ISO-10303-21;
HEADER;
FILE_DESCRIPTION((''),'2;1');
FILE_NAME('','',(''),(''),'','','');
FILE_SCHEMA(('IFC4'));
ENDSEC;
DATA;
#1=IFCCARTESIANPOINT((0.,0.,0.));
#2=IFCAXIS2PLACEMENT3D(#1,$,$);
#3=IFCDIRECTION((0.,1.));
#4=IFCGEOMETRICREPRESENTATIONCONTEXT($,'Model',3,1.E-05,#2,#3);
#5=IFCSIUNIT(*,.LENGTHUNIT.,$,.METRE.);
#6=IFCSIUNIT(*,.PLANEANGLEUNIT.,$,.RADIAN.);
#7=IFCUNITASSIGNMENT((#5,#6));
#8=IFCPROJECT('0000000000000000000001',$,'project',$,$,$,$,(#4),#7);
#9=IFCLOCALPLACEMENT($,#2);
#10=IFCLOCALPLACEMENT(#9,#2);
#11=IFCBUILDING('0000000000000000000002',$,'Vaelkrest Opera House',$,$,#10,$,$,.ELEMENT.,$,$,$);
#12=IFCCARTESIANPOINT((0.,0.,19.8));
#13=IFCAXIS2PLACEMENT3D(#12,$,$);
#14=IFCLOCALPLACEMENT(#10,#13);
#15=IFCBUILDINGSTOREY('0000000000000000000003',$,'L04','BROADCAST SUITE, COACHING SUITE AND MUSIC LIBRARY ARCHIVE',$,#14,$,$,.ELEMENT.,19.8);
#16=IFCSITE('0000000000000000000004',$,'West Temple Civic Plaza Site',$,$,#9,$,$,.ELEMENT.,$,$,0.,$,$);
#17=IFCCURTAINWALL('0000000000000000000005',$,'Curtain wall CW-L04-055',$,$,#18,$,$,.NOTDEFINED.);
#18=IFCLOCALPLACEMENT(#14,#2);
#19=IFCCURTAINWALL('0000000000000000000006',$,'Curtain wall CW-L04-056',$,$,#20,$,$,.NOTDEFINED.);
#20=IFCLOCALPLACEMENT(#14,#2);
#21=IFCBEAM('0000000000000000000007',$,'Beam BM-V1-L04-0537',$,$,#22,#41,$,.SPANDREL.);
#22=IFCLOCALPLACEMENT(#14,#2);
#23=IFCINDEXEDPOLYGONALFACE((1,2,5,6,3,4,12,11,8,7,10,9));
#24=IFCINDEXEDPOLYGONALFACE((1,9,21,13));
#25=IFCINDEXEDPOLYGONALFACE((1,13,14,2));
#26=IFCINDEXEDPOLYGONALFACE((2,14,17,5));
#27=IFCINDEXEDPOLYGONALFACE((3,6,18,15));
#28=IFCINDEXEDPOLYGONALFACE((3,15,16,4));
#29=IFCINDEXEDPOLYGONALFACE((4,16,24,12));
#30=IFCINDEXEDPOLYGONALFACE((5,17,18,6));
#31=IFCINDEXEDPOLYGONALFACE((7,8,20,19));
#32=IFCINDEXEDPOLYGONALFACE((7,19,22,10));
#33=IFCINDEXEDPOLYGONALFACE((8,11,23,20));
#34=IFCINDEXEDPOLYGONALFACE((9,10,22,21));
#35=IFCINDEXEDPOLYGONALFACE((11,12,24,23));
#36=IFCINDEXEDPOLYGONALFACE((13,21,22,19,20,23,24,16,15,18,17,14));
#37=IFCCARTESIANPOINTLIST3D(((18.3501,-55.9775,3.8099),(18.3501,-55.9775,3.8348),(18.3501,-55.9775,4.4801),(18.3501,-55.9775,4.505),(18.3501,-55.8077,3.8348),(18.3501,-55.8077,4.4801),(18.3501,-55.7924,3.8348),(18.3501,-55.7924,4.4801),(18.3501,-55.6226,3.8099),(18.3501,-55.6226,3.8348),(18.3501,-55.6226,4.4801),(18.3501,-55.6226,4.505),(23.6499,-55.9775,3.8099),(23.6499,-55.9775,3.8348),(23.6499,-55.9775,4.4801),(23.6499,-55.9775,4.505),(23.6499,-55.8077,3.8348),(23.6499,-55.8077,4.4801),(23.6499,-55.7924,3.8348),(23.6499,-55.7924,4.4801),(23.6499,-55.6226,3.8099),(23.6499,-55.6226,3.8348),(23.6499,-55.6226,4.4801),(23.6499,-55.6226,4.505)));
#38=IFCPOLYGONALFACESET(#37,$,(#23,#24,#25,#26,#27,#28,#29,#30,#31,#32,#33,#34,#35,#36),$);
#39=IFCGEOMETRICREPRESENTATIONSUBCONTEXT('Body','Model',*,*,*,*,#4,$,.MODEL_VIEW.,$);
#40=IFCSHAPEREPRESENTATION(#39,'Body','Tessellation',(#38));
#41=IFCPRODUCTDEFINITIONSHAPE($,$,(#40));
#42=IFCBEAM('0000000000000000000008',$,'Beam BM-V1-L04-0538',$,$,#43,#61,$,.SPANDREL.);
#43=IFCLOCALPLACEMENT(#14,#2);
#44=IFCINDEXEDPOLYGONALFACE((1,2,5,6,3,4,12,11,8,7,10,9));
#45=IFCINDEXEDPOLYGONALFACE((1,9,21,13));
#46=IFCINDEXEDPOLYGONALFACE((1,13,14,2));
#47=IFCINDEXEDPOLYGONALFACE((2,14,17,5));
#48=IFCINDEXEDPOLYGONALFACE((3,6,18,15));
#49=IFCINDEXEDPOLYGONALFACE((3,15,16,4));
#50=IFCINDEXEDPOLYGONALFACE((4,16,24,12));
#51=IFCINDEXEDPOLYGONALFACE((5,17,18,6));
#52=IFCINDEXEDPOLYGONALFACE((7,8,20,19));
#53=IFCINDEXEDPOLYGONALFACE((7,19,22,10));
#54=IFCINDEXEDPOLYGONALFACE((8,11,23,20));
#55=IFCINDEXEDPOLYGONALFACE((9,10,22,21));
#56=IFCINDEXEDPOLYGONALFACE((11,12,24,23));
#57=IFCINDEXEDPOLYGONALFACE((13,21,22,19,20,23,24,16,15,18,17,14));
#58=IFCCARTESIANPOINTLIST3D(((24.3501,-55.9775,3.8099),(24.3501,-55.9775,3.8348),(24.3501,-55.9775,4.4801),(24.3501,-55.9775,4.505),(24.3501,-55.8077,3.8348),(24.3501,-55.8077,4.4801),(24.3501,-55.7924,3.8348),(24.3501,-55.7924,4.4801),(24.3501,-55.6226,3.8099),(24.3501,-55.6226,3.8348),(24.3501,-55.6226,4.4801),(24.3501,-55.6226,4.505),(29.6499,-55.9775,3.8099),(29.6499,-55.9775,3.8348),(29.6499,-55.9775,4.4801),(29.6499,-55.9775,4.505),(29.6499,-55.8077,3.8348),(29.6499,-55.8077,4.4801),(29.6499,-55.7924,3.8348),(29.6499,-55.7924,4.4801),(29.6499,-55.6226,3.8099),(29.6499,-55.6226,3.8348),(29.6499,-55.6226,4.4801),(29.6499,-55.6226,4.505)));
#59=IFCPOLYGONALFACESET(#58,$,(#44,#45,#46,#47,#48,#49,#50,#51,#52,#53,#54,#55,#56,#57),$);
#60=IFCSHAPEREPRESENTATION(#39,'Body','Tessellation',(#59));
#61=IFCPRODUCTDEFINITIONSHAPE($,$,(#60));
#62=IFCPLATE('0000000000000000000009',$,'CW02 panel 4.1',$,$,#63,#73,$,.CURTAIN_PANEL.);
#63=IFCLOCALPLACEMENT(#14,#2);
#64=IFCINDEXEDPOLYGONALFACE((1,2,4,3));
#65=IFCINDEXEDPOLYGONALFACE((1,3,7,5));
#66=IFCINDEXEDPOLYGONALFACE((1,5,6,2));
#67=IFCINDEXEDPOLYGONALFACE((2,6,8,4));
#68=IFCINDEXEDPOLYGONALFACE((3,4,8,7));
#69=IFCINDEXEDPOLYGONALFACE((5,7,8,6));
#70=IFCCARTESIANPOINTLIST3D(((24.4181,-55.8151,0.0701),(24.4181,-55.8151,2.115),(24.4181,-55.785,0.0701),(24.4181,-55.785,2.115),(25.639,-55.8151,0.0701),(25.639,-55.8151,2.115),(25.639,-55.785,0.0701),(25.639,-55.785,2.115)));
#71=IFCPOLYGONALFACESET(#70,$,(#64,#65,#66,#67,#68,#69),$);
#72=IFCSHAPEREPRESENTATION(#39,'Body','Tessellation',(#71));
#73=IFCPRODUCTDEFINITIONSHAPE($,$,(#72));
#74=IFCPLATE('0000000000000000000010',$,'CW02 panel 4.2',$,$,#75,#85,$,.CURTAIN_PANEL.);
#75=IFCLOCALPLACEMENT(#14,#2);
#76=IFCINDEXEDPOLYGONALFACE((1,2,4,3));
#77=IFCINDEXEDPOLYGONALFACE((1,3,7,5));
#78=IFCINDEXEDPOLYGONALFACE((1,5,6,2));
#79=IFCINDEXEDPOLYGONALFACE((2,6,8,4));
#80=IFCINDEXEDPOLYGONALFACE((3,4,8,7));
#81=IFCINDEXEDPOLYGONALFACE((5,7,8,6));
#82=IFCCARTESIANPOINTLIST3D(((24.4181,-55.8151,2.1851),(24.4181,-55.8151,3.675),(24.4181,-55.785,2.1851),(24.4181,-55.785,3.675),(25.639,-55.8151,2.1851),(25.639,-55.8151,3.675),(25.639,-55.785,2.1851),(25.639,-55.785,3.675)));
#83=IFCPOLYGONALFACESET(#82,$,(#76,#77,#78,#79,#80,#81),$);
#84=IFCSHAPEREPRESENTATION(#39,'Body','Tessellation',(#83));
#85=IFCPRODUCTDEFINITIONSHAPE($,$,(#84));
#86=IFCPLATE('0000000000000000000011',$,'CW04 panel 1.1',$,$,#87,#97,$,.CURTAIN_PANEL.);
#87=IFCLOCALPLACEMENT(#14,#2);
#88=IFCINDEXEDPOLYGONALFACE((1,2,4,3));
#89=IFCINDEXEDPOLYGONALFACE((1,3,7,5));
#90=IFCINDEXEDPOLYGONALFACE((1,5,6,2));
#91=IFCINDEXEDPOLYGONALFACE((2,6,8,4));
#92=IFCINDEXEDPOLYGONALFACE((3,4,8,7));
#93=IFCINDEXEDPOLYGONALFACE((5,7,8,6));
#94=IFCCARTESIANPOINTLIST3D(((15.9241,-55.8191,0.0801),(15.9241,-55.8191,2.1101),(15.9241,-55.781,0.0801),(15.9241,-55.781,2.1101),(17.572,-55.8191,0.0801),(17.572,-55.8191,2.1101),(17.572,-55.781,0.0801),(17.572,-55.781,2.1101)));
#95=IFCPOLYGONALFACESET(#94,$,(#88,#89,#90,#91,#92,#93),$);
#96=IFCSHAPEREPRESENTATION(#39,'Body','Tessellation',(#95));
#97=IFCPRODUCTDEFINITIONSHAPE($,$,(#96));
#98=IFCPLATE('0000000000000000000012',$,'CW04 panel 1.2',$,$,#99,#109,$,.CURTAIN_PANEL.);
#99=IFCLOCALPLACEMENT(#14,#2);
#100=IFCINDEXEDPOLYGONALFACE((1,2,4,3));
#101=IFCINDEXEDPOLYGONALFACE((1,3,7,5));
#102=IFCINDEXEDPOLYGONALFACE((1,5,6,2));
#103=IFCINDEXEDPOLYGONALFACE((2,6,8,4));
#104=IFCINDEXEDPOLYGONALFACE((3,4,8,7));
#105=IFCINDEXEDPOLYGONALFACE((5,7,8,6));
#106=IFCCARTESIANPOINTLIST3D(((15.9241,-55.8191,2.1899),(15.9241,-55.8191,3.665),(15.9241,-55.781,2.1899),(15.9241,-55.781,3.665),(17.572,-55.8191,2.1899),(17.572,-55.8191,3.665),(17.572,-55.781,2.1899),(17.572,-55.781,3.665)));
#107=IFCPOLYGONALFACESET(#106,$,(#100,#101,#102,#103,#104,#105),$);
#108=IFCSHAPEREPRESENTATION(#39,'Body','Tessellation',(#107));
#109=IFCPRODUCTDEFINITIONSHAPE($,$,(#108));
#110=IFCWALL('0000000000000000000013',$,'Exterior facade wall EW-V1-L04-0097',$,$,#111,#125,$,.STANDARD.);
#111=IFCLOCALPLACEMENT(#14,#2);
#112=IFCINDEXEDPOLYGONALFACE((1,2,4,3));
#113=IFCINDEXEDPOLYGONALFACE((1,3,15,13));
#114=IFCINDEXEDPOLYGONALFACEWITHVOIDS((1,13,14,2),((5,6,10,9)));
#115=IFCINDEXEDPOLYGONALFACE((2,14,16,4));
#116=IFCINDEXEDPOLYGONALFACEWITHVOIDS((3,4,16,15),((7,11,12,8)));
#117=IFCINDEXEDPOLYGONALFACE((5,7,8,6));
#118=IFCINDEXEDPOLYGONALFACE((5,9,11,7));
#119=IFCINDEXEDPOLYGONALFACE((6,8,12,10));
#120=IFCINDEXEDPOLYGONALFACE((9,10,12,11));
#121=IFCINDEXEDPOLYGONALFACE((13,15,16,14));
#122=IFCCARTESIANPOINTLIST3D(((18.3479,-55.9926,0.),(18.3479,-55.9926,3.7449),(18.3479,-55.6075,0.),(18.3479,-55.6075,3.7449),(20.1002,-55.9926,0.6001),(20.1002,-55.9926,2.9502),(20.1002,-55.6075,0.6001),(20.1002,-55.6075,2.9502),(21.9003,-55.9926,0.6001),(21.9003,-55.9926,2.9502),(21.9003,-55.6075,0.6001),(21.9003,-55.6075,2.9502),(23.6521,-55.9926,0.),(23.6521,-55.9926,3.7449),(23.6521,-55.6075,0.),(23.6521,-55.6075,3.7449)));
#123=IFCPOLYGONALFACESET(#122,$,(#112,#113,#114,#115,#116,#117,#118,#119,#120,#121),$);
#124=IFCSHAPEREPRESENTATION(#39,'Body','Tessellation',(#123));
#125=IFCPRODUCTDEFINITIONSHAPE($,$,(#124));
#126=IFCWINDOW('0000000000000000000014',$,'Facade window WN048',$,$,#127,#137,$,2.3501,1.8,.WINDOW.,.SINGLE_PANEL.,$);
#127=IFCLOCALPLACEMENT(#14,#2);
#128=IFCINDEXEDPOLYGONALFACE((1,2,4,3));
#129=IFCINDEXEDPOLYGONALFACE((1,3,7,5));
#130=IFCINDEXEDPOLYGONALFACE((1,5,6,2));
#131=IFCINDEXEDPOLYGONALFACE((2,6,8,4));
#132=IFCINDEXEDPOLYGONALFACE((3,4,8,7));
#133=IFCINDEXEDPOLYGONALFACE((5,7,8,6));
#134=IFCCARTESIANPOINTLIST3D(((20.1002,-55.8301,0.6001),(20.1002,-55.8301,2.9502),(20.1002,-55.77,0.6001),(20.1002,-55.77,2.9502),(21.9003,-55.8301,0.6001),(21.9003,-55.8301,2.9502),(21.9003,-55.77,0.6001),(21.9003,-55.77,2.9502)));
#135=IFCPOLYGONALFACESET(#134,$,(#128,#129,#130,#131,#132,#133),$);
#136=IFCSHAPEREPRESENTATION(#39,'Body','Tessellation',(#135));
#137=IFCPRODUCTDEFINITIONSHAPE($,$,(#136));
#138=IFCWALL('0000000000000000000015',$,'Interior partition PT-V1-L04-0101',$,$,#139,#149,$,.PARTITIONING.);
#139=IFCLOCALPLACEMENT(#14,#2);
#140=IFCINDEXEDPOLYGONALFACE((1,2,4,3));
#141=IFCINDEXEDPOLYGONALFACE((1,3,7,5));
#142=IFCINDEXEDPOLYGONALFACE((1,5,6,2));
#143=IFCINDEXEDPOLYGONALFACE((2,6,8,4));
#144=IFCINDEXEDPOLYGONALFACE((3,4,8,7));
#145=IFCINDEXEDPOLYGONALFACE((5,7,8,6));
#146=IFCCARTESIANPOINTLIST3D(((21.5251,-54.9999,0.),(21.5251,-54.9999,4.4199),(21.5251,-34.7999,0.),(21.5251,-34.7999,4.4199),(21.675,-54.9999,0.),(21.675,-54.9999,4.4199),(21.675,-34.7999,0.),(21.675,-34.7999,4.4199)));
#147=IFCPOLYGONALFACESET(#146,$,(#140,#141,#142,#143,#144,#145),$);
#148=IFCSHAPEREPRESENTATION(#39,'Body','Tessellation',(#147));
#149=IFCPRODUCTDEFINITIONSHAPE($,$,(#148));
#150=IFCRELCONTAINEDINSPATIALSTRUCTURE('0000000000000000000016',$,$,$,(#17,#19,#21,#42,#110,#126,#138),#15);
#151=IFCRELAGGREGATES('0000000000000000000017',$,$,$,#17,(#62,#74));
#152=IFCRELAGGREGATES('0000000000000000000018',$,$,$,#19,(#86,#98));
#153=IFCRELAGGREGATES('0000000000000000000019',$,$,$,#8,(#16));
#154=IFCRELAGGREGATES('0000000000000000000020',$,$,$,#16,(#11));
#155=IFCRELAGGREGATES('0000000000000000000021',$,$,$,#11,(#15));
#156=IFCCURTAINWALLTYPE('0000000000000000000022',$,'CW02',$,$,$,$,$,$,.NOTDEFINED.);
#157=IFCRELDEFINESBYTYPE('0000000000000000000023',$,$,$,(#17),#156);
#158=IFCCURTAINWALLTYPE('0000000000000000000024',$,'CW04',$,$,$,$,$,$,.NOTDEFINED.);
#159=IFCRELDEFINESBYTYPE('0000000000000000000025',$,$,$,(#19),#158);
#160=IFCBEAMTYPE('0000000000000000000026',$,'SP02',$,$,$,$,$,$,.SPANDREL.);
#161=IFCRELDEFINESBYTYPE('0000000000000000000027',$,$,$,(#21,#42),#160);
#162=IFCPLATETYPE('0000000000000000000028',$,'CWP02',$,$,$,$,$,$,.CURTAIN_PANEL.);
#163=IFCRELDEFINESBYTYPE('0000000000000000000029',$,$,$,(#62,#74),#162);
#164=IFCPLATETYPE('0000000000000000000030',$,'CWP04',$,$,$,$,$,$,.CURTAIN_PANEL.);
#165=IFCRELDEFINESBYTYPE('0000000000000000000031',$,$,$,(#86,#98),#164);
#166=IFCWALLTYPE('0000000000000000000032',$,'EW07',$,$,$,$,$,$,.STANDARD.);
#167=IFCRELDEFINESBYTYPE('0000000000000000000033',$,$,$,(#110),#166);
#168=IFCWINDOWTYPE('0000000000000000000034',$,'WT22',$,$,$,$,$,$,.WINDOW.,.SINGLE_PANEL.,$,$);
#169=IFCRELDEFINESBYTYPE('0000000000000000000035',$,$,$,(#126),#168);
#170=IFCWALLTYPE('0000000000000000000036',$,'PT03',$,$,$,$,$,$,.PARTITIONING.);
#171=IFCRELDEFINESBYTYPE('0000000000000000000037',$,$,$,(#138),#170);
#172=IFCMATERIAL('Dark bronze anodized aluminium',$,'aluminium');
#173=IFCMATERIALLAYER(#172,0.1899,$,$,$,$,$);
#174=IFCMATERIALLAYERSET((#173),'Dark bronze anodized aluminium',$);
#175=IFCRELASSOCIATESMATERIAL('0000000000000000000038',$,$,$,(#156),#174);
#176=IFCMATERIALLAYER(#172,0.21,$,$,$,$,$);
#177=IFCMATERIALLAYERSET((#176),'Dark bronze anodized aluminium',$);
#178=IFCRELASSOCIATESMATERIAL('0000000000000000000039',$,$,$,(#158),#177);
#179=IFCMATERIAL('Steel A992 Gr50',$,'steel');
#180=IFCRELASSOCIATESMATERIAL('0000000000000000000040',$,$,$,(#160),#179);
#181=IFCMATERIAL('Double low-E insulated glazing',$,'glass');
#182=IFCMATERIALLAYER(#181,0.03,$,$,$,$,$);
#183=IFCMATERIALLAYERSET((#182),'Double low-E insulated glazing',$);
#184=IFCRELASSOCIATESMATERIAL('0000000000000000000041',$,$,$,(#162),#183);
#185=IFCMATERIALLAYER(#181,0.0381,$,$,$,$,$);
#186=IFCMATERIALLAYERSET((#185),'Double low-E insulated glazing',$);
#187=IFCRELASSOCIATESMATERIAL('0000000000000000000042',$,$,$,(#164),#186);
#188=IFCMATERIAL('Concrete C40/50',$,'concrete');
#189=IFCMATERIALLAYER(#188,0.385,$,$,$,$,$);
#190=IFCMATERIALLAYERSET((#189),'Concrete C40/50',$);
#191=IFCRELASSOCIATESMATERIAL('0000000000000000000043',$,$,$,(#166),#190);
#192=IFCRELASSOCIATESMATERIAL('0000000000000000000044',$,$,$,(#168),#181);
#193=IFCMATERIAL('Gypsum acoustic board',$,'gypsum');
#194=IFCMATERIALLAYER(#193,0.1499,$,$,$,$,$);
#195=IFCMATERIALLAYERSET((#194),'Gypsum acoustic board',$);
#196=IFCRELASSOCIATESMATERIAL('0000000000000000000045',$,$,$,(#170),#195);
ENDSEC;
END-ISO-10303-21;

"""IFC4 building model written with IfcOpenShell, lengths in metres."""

from ifc_helpers import new_model, si_unit, direction, frame, frame_2d, origin, origin_2d, place, context, subcontext, project, spatial, rectangle, i_section, extrude, material, layer, layer_set, material_profile, profile_set, type_object, element, fill, aggregate, save


model = new_model("IFC4")

# Units and contexts
model_context = context("Model", 3, precision=1e-05, world=origin(), true_north=direction((0.0, 1.0)))
body_context = subcontext(model_context, "Body", "Model", "MODEL_VIEW")
ifc_project = project(units=[si_unit("LENGTHUNIT", "METRE"), si_unit("PLANEANGLEUNIT", "RADIAN")], contexts=[model_context])

# Site, building, storey
site_placement = place(None, origin())
site = spatial("IfcSite", under=ifc_project, at=site_placement, Name="West Temple Civic Plaza Site", CompositionType="ELEMENT", RefElevation=0.0)
building_placement = place(site_placement, origin())
building = spatial("IfcBuilding", under=site, at=building_placement, Name="Vaelkrest Opera House", CompositionType="ELEMENT")
storey_placement = place(building_placement, frame((0.0, 0.0, 19.8)))
storey = spatial("IfcBuildingStorey", under=building, at=storey_placement, Name="L04", Description="BROADCAST SUITE, COACHING SUITE AND MUSIC LIBRARY ARCHIVE", CompositionType="ELEMENT", Elevation=19.8)

# Curtain wall
ifc_material_1 = material(Name="Dark bronze anodized aluminium", Category="aluminium")
ifc_layer_1 = layer(ifc_material_1, 0.1899)
ifc_layer_set_1 = layer_set([ifc_layer_1], Name="Dark bronze anodized aluminium")
curtain_wall_type_1 = type_object("IfcCurtainWallType", Name="CW02", PredefinedType="NOTDEFINED", material=ifc_layer_set_1)
curtain_wall_1_placement = place(storey_placement, origin())
curtain_wall_1 = element("IfcCurtainWall", 1, at=curtain_wall_1_placement, inside=storey, type_object=curtain_wall_type_1, Name="Curtain wall CW-L04-055", PredefinedType="NOTDEFINED")

# Curtain wall
ifc_layer_2 = layer(ifc_material_1, 0.21)
ifc_layer_set_2 = layer_set([ifc_layer_2], Name="Dark bronze anodized aluminium")
curtain_wall_type_2 = type_object("IfcCurtainWallType", Name="CW04", PredefinedType="NOTDEFINED", material=ifc_layer_set_2)
curtain_wall_2_placement = place(storey_placement, origin())
curtain_wall_2 = element("IfcCurtainWall", 2, at=curtain_wall_2_placement, inside=storey, type_object=curtain_wall_type_2, Name="Curtain wall CW-L04-056", PredefinedType="NOTDEFINED")

# Beams
ifc_material_2 = material(Name="Steel A992 Gr50", Category="steel")
ifc_material_profile_1 = material_profile(ifc_material_2, i_section(OverallWidth=0.355, OverallDepth=0.6951, WebThickness=0.0154, FlangeThickness=0.0249, at=origin_2d()), Name="W27X146")
ifc_profile_set_1 = profile_set([ifc_material_profile_1], Name="Steel A992 Gr50")
beam_type = type_object("IfcBeamType", Name="SP02", PredefinedType="SPANDREL", material=ifc_profile_set_1)
for number, where, z_axis, x_axis, name in (
    (3, (18.3501, -55.8, 4.1575), (1.0, 0.0, 0.0), (0.0, 1.0, 0.0), "Beam BM-V1-L04-0537"),
    (4, (24.3501, -55.8, 4.1575), (1.0, 0.0, 0.0), (0.0, 1.0, 0.0), "Beam BM-V1-L04-0538"),
):
    element("IfcBeam", number, at=place(storey_placement, frame(where, z_axis=z_axis, x_axis=x_axis)), inside=storey, type_object=beam_type, Name=name, PredefinedType="SPANDREL", context=body_context, shape_type="SweptSolid", body=[
        extrude(i_section(OverallWidth=0.355, OverallDepth=0.6951, WebThickness=0.0154, FlangeThickness=0.0249, at=origin_2d()), origin(), (0.0, 0.0, 1.0), 5.2998),
    ])

# Plates
ifc_material_3 = material(Name="Double low-E insulated glazing", Category="glass")
ifc_layer_3 = layer(ifc_material_3, 0.03)
ifc_layer_set_3 = layer_set([ifc_layer_3], Name="Double low-E insulated glazing")
plate_type_1 = type_object("IfcPlateType", Name="CWP02", PredefinedType="CURTAIN_PANEL", material=ifc_layer_set_3)
plate_1_placement = place(storey_placement, frame((25.0286, -55.8, 0.0701), z_axis=(0.0, 0.0, 1.0), x_axis=(-1.0, 0.0, 0.0)))
plate_1 = element("IfcPlate", 5, at=plate_1_placement, type_object=plate_type_1, Name="CW02 panel 4.1", PredefinedType="CURTAIN_PANEL", context=body_context, shape_type="SweptSolid", body=[
    extrude(rectangle(XDim=1.2209, YDim=0.03, at=origin_2d()), origin(), (0.0, 0.0, 1.0), 2.0449),
])
plate_2_placement = place(storey_placement, frame((25.0286, -55.8, 2.1851), z_axis=(0.0, 0.0, 1.0), x_axis=(-1.0, 0.0, 0.0)))
plate_2 = element("IfcPlate", 6, at=plate_2_placement, type_object=plate_type_1, Name="CW02 panel 4.2", PredefinedType="CURTAIN_PANEL", context=body_context, shape_type="SweptSolid", body=[
    extrude(rectangle(XDim=1.2209, YDim=0.03, at=origin_2d()), origin(), (0.0, 0.0, 1.0), 1.49),
])
aggregate(curtain_wall_1, [plate_1, plate_2])
ifc_layer_4 = layer(ifc_material_3, 0.0381)
ifc_layer_set_4 = layer_set([ifc_layer_4], Name="Double low-E insulated glazing")
plate_type_2 = type_object("IfcPlateType", Name="CWP04", PredefinedType="CURTAIN_PANEL", material=ifc_layer_set_4)
plate_3_placement = place(storey_placement, frame((16.748, -55.8, 0.0801), z_axis=(0.0, 0.0, 1.0), x_axis=(-1.0, 0.0, 0.0)))
plate_3 = element("IfcPlate", 7, at=plate_3_placement, type_object=plate_type_2, Name="CW04 panel 1.1", PredefinedType="CURTAIN_PANEL", context=body_context, shape_type="SweptSolid", body=[
    extrude(rectangle(XDim=1.6479, YDim=0.0381, at=origin_2d()), origin(), (0.0, 0.0, 1.0), 2.03),
])
plate_4_placement = place(storey_placement, frame((16.748, -55.8, 2.1899), z_axis=(0.0, 0.0, 1.0), x_axis=(-1.0, 0.0, 0.0)))
plate_4 = element("IfcPlate", 8, at=plate_4_placement, type_object=plate_type_2, Name="CW04 panel 1.2", PredefinedType="CURTAIN_PANEL", context=body_context, shape_type="SweptSolid", body=[
    extrude(rectangle(XDim=1.6479, YDim=0.0381, at=origin_2d()), origin(), (0.0, 0.0, 1.0), 1.4751),
])
aggregate(curtain_wall_2, [plate_3, plate_4])

# Wall, opening, window
ifc_material_4 = material(Name="Concrete C40/50", Category="concrete")
ifc_layer_5 = layer(ifc_material_4, 0.385)
ifc_layer_set_5 = layer_set([ifc_layer_5], Name="Concrete C40/50")
wall_type_1 = type_object("IfcWallType", Name="EW07", PredefinedType="STANDARD", material=ifc_layer_set_5)
wall_1_placement = place(storey_placement, frame((23.6521, -55.8, 0.0), z_axis=(0.0, 0.0, 1.0), x_axis=(-1.0, 0.0, 0.0)))
wall_1 = element("IfcWall", 9, at=wall_1_placement, inside=storey, type_object=wall_type_1, Name="Exterior facade wall EW-V1-L04-0097", PredefinedType="STANDARD", context=body_context, shape_type="SweptSolid", body=[
    extrude(rectangle(XDim=5.3042, YDim=0.385, at=frame_2d((2.6521, 0.0))), origin(), (0.0, 0.0, 1.0), 3.7449),
])
opening_placement = place(wall_1_placement, frame((1.752, 0.0, 0.6001)))
opening = element("IfcOpeningElement", 10, at=opening_placement, cuts=wall_1, PredefinedType="OPENING", context=body_context, shape_type="SweptSolid", body=[
    extrude(rectangle(XDim=1.8, YDim=2.3501, at=frame_2d((0.8999, 1.175))), frame((0.0, 0.2024, 0.0), z_axis=(0.0, -1.0, 0.0), x_axis=(1.0, 0.0, 0.0)), (0.0, 0.0, 1.0), 0.405),
])
window_type = type_object("IfcWindowType", Name="WT22", PartitioningType="SINGLE_PANEL", PredefinedType="WINDOW", material=ifc_material_3)
window_placement = place(opening_placement, origin())
window = element("IfcWindow", 11, at=window_placement, inside=storey, type_object=window_type, Name="Facade window WN048", OverallHeight=2.3501, OverallWidth=1.8, PartitioningType="SINGLE_PANEL", PredefinedType="WINDOW", context=body_context, shape_type="SweptSolid", body=[
    extrude(rectangle(XDim=1.8, YDim=2.3501, at=frame_2d((0.8999, 1.175))), frame((0.0, 0.03, 0.0), z_axis=(0.0, -1.0, 0.0), x_axis=(1.0, 0.0, 0.0)), (0.0, 0.0, 1.0), 0.0601),
])
fill(opening, window)

# Wall
ifc_material_5 = material(Name="Gypsum acoustic board", Category="gypsum")
ifc_layer_6 = layer(ifc_material_5, 0.1499)
ifc_layer_set_6 = layer_set([ifc_layer_6], Name="Gypsum acoustic board")
wall_type_2 = type_object("IfcWallType", Name="PT03", PredefinedType="PARTITIONING", material=ifc_layer_set_6)
wall_2_placement = place(storey_placement, frame((21.6001, -55.0, 0.0), z_axis=(0.0, 0.0, 1.0), x_axis=(0.0, 1.0, 0.0)))
element("IfcWall", 12, at=wall_2_placement, inside=storey, type_object=wall_type_2, Name="Interior partition PT-V1-L04-0101", PredefinedType="PARTITIONING", context=body_context, shape_type="SweptSolid", body=[
    extrude(rectangle(XDim=20.2, YDim=0.1499, at=frame_2d((10.1001, 0.0))), origin(), (0.0, 0.0, 1.0), 4.4199),
])

save(model, "model.ifc")
